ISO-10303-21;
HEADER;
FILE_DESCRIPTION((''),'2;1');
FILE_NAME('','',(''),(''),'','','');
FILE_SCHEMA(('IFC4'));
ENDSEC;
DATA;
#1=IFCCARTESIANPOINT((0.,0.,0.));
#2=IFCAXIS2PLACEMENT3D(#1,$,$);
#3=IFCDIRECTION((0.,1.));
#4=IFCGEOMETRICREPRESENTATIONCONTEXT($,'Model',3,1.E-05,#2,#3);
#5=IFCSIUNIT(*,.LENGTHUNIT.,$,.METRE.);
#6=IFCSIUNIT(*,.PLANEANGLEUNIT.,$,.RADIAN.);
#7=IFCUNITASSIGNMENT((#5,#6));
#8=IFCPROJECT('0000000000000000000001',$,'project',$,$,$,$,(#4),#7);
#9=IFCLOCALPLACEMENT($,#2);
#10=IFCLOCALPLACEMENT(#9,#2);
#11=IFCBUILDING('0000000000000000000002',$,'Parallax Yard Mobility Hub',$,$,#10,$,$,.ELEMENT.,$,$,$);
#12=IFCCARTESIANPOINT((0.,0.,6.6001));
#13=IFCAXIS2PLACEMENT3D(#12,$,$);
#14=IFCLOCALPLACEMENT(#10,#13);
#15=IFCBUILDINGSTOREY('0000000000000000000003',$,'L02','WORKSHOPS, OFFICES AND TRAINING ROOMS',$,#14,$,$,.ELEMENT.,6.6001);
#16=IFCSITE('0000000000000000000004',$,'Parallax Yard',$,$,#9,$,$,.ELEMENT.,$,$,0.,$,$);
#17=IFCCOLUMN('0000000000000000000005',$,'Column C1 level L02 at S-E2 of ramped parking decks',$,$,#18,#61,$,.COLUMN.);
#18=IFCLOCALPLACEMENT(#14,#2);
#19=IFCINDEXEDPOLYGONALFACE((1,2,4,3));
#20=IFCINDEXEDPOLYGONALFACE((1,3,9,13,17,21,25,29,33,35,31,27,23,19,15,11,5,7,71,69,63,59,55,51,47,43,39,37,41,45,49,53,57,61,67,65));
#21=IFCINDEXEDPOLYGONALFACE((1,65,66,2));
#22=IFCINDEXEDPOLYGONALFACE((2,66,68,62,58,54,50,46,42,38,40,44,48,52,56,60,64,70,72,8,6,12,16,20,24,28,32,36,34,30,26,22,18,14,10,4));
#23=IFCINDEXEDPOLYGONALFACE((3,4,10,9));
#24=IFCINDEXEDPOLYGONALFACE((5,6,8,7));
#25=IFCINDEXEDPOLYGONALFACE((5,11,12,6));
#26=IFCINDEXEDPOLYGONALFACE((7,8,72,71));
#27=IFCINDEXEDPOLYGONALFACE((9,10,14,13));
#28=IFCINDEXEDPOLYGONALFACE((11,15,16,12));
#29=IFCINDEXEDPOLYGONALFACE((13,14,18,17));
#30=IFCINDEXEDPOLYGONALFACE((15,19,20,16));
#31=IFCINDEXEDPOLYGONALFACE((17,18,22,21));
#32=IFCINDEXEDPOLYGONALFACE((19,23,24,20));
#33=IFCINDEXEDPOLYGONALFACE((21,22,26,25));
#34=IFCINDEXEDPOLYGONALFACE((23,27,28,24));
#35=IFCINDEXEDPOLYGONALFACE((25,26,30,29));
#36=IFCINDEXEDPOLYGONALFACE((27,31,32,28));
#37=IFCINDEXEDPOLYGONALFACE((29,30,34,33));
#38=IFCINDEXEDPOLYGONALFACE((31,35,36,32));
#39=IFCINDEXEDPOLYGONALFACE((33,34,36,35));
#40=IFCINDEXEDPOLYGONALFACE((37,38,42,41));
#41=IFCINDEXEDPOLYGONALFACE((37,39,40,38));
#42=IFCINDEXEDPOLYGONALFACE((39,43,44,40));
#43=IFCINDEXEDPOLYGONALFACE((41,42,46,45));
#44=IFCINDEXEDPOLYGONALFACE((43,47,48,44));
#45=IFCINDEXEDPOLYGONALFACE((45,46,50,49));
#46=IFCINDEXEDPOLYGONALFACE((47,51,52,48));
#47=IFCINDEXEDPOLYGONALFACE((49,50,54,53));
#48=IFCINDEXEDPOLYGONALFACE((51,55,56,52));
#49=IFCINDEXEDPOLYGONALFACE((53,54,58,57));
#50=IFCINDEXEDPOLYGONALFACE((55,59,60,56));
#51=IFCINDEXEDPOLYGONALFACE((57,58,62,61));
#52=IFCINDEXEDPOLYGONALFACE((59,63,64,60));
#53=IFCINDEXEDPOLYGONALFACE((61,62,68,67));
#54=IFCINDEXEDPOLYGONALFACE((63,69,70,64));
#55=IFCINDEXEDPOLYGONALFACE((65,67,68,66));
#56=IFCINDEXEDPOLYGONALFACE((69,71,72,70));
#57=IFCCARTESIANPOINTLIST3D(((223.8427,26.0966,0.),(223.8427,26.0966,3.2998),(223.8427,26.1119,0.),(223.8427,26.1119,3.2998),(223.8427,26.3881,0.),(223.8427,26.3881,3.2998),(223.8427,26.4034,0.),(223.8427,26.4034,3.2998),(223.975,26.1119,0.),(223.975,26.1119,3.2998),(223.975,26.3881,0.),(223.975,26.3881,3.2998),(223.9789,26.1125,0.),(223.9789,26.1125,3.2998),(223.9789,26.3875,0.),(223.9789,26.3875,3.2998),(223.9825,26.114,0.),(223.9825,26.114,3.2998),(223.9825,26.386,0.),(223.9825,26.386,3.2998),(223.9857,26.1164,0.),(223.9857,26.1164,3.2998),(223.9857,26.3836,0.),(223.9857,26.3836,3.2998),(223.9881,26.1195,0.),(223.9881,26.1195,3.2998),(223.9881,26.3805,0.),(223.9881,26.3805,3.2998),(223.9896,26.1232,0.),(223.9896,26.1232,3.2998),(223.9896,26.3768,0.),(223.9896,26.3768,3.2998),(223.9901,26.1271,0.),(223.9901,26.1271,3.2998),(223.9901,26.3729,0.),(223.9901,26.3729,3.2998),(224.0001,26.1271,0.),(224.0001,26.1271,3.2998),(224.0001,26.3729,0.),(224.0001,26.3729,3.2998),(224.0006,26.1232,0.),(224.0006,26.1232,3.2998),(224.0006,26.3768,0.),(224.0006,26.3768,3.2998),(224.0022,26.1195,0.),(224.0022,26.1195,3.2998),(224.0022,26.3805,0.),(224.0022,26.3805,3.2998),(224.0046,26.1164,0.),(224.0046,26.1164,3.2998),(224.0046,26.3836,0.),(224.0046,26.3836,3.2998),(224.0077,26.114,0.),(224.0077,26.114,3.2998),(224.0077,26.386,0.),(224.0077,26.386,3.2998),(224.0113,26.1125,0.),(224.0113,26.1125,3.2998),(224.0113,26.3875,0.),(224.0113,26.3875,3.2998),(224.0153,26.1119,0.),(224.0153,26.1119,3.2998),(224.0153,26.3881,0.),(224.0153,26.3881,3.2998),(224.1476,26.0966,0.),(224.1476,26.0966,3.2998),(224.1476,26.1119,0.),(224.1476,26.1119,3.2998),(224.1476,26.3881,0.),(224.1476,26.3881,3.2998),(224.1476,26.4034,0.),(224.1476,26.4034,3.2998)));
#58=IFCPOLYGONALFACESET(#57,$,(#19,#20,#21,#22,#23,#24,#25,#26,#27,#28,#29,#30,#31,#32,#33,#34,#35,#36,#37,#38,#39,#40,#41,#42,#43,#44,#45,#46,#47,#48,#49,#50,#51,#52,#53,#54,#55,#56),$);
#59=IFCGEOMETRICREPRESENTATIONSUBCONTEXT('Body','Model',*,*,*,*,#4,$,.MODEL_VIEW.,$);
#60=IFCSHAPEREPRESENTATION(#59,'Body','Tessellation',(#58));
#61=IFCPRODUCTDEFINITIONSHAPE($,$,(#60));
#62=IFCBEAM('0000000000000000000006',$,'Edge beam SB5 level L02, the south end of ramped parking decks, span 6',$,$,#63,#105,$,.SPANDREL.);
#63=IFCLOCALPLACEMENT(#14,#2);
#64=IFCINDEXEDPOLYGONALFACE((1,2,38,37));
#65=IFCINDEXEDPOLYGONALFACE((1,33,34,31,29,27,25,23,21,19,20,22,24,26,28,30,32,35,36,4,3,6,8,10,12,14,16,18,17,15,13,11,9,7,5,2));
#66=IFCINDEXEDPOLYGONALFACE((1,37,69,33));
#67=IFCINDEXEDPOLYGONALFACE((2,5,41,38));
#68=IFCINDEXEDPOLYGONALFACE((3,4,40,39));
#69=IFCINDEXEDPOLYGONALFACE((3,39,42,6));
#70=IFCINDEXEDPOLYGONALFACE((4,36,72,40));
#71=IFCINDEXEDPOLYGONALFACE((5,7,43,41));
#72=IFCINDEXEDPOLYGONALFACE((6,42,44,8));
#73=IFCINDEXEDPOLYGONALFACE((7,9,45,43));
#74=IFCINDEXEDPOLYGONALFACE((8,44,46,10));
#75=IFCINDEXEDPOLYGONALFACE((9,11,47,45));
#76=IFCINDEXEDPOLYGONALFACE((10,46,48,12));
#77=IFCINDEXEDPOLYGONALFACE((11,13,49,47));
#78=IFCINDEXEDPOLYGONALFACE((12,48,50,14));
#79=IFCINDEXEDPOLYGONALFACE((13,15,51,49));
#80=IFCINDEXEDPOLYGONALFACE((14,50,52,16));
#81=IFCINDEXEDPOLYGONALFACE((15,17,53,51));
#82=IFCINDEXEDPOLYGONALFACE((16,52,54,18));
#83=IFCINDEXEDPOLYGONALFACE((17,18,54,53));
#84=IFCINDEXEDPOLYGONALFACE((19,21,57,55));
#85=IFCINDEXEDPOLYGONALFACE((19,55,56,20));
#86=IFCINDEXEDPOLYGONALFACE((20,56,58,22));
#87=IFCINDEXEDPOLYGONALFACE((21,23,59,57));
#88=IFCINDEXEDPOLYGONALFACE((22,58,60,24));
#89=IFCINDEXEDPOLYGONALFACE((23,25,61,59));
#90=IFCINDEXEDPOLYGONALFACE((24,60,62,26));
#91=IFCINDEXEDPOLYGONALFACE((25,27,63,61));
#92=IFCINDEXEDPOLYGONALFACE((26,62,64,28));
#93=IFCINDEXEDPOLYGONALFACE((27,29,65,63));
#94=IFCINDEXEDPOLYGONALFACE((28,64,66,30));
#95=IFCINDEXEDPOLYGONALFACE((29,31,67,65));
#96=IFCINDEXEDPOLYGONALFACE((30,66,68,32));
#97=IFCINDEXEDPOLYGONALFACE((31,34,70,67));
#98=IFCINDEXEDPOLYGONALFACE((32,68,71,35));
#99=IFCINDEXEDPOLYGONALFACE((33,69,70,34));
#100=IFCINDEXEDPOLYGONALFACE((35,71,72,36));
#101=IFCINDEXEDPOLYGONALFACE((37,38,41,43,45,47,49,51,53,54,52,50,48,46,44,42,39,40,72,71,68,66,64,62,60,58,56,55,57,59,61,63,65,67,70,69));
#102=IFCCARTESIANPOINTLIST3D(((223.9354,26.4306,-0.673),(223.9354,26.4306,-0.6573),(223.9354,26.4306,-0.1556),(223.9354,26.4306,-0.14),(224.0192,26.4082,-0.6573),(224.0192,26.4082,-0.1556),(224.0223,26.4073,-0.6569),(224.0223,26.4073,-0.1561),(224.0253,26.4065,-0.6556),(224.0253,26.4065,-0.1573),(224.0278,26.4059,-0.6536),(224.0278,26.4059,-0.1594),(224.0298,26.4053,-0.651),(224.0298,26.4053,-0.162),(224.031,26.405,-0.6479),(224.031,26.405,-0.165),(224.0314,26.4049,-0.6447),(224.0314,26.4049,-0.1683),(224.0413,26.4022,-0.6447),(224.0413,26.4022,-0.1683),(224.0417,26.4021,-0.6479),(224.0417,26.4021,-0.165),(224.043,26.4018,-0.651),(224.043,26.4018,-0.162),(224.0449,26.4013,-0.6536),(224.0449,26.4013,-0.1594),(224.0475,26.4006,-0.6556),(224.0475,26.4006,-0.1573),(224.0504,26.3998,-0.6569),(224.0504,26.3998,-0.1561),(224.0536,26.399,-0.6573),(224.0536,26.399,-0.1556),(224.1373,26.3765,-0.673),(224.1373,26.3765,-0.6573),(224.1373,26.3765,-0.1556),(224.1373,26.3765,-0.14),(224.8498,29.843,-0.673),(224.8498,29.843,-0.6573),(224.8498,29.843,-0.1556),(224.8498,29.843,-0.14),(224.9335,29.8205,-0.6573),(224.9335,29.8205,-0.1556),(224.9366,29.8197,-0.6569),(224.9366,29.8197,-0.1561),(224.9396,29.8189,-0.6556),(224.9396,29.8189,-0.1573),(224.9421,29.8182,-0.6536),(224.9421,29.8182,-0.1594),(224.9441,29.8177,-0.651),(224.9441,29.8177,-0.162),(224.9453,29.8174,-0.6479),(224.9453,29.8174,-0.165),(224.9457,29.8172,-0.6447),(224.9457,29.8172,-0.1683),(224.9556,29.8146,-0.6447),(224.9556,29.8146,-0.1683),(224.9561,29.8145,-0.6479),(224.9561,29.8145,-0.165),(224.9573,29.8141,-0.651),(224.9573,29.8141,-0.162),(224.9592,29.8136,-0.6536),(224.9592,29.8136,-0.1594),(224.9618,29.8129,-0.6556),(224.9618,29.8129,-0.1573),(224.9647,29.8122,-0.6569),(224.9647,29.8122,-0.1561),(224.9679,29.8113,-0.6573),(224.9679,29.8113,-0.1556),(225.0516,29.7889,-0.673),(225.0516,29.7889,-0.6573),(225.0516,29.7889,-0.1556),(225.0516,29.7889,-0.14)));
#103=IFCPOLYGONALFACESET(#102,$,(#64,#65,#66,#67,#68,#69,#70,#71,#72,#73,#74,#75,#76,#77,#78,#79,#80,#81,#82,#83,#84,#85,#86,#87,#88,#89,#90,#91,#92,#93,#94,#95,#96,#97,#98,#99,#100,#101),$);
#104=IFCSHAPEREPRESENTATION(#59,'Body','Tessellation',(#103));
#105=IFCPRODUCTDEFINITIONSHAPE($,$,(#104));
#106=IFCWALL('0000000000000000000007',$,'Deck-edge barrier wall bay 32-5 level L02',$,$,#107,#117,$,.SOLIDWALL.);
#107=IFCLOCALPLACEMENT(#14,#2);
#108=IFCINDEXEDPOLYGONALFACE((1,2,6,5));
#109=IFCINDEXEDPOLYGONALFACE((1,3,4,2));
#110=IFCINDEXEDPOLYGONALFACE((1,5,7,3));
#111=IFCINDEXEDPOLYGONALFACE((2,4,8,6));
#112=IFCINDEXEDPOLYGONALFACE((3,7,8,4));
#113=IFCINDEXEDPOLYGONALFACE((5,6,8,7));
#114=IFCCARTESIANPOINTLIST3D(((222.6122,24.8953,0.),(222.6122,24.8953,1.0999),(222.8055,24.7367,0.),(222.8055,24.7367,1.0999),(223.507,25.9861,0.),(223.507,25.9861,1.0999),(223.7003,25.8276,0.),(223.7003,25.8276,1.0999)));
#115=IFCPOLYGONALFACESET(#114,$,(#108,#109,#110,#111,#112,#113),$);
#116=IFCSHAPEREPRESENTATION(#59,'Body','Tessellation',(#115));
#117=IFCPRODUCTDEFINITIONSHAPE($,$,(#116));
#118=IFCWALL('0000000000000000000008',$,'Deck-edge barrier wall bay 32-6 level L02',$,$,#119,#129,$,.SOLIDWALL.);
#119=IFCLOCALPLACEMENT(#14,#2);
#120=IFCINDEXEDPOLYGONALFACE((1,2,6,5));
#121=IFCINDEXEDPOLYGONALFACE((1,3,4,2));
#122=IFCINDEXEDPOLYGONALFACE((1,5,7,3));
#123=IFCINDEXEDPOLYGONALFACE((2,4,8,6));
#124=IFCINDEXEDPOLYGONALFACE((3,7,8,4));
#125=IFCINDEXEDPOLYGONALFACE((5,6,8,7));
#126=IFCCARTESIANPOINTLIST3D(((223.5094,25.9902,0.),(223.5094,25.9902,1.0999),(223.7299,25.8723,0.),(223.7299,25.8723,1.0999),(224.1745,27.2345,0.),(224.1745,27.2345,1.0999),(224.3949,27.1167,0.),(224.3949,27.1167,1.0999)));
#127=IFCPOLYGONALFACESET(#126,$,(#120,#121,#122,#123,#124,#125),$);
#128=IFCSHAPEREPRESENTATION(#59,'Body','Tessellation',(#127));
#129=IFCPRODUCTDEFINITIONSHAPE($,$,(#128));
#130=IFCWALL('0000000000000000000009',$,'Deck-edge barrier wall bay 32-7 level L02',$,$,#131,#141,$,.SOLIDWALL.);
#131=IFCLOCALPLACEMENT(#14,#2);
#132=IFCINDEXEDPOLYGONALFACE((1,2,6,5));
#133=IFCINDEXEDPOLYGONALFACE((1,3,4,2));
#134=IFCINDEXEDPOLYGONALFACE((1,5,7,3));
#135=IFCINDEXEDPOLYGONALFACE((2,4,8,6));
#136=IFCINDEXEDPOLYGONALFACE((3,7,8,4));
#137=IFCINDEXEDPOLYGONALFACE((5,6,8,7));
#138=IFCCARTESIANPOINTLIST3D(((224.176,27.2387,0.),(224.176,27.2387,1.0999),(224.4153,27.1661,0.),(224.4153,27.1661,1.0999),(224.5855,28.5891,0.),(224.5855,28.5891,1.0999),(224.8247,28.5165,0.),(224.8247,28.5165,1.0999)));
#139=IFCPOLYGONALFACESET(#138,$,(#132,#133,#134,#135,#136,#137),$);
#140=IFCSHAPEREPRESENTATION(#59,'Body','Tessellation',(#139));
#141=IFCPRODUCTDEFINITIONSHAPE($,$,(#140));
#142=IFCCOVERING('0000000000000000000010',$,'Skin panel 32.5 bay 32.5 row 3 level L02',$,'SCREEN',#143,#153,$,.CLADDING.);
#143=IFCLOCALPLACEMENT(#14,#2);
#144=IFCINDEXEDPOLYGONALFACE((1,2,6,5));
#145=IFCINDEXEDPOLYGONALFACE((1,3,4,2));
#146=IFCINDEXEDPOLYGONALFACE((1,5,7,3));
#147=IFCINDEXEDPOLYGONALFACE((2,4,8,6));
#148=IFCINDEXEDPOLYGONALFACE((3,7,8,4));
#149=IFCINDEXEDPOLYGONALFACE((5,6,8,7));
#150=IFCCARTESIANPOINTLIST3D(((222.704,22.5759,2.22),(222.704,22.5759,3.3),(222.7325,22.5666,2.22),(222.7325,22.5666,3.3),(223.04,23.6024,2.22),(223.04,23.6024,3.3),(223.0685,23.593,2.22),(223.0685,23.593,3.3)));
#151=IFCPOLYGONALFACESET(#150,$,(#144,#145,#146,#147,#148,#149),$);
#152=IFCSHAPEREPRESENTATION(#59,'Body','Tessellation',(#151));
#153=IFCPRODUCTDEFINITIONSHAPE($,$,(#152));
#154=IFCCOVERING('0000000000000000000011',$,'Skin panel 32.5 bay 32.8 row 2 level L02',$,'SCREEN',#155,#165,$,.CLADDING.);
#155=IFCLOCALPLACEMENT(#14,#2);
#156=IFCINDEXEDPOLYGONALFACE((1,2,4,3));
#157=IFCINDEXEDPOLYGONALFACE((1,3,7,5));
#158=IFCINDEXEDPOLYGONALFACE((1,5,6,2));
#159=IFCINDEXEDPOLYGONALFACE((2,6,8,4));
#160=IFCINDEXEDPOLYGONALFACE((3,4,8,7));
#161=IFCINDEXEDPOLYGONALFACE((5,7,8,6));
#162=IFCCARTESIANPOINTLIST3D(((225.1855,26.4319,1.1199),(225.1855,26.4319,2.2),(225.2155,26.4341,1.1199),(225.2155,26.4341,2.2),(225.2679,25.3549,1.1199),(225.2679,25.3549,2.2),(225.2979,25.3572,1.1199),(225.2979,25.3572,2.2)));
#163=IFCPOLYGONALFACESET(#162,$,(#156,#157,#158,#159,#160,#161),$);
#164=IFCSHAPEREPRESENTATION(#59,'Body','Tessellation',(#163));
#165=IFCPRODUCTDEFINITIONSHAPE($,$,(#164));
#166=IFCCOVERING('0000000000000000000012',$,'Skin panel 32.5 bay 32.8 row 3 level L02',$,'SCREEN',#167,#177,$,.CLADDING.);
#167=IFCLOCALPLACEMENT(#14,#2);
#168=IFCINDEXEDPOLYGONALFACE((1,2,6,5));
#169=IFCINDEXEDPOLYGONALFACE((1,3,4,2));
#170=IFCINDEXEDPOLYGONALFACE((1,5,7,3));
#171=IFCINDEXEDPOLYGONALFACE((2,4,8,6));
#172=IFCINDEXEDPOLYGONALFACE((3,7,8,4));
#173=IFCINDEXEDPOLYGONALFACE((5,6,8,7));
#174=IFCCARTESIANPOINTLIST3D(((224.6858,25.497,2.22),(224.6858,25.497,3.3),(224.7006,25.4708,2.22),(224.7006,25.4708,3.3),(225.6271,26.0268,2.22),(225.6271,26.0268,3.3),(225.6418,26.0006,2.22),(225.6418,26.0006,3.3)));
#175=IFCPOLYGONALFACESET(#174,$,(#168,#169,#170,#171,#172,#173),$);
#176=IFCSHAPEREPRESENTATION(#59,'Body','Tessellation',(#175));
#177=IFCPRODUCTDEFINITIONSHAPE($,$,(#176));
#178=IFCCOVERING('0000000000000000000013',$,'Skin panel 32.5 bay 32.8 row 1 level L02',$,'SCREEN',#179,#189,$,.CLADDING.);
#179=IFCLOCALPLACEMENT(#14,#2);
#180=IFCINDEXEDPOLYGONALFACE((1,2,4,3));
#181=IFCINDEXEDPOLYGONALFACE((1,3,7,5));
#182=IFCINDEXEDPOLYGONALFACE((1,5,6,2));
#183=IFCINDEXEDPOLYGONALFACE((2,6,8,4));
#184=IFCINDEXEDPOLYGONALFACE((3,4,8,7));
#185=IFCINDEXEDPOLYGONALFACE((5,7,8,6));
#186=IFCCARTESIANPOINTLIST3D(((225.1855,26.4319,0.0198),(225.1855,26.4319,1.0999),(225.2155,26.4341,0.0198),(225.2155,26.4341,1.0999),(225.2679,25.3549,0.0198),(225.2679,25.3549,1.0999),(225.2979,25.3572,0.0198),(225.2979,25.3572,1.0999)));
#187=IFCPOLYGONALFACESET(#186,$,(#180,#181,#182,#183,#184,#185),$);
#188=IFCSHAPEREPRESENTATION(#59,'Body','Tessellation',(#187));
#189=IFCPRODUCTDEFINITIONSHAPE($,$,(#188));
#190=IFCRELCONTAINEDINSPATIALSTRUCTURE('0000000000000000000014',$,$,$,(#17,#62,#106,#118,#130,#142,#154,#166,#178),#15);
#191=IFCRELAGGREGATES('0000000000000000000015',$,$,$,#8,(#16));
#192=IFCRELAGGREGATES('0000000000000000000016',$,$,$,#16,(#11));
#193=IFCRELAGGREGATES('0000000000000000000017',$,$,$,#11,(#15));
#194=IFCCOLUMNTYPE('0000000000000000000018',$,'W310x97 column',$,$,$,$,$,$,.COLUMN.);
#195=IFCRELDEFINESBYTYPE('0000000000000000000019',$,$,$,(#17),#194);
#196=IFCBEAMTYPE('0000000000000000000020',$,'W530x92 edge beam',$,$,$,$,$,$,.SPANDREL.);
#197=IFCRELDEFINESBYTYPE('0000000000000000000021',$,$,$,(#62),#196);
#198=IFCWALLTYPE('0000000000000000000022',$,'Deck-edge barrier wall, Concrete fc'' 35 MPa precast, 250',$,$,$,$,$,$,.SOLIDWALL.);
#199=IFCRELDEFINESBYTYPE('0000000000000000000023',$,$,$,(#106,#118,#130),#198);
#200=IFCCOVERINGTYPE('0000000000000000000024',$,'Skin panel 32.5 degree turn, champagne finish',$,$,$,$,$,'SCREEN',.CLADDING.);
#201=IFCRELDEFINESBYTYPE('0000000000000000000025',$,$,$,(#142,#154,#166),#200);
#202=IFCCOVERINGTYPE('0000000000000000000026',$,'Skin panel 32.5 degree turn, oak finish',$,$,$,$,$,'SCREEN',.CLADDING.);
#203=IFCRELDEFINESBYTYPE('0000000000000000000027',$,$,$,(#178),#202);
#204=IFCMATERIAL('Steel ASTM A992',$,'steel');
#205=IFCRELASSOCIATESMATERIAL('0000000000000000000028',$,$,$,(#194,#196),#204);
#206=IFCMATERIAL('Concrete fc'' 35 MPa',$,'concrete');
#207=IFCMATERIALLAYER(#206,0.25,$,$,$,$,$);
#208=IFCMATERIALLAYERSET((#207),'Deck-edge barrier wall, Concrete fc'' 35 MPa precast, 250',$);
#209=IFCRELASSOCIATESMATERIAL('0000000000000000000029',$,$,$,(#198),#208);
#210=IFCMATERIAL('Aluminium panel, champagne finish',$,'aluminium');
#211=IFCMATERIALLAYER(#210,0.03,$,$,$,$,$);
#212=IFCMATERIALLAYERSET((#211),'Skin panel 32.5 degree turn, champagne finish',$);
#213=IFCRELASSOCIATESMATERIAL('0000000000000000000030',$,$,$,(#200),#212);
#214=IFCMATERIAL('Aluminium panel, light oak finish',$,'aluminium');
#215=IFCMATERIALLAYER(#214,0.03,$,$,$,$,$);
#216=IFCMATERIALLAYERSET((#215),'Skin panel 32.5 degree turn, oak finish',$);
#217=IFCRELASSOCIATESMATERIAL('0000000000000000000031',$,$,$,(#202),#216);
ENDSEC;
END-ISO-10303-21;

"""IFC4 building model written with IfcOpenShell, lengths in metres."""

from ifc_helpers import new_model, si_unit, direction, frame, frame_2d, origin, origin_2d, place, context, subcontext, project, spatial, rectangle, i_section, extrude, material, layer, layer_set, material_profile, profile_set, type_object, element, save


model = new_model("IFC4")

# Units and contexts
model_context = context("Model", 3, precision=1e-05, world=origin(), true_north=direction((0.0, 1.0)))
body_context = subcontext(model_context, "Body", "Model", "MODEL_VIEW")
ifc_project = project(units=[si_unit("LENGTHUNIT", "METRE"), si_unit("PLANEANGLEUNIT", "RADIAN")], contexts=[model_context])

# Site, building, storey
site_placement = place(None, origin())
site = spatial("IfcSite", under=ifc_project, at=site_placement, Name="Parallax Yard", CompositionType="ELEMENT", RefElevation=0.0)
building_placement = place(site_placement, origin())
building = spatial("IfcBuilding", under=site, at=building_placement, Name="Parallax Yard Mobility Hub", CompositionType="ELEMENT")
storey_placement = place(building_placement, frame((0.0, 0.0, 6.6001)))
storey = spatial("IfcBuildingStorey", under=building, at=storey_placement, Name="L02", Description="WORKSHOPS, OFFICES AND TRAINING ROOMS", CompositionType="ELEMENT", Elevation=6.6001)

# Column
ifc_material_1 = material(Name="Steel ASTM A992", Category="steel")
ifc_material_profile_1 = material_profile(ifc_material_1, i_section(OverallWidth=0.3049, OverallDepth=0.3069, WebThickness=0.01, FlangeThickness=0.0154, FilletRadius=0.0151, at=origin_2d()), Name="W310x97")
ifc_profile_set_1 = profile_set([ifc_material_profile_1], Name="Steel ASTM A992")
column_type = type_object("IfcColumnType", Name="W310x97 column", PredefinedType="COLUMN", material=ifc_profile_set_1)
column_placement = place(storey_placement, frame((223.9951, 26.25, 0.0), z_axis=(0.0, 0.0, 1.0), x_axis=(1.0, 0.0, 0.0)))
element("IfcColumn", 1, at=column_placement, inside=storey, type_object=column_type, Name="Column C1 level L02 at S-E2 of ramped parking decks", PredefinedType="COLUMN", context=body_context, shape_type="SweptSolid", body=[
    extrude(i_section(OverallWidth=0.3049, OverallDepth=0.3069, WebThickness=0.01, FlangeThickness=0.0154, FilletRadius=0.0151, at=origin_2d()), origin(), (0.0, 0.0, 1.0), 3.2998),
])

# Beam
ifc_material_profile_2 = material_profile(ifc_material_1, i_section(OverallWidth=0.209, OverallDepth=0.533, WebThickness=0.0103, FlangeThickness=0.0156, FilletRadius=0.0127, at=origin_2d()), Name="W530x92")
ifc_profile_set_2 = profile_set([ifc_material_profile_2], Name="Steel ASTM A992")
beam_type = type_object("IfcBeamType", Name="W530x92 edge beam", PredefinedType="SPANDREL", material=ifc_profile_set_2)
beam_placement = place(storey_placement, frame((224.0364, 26.4036, -0.4065), z_axis=(0.258811, 0.965928, 0.0), x_axis=(-0.965928, 0.258811, 0.0)))
element("IfcBeam", 2, at=beam_placement, inside=storey, type_object=beam_type, Name="Edge beam SB5 level L02, the south end of ramped parking decks, span 6", PredefinedType="SPANDREL", context=body_context, shape_type="SweptSolid", body=[
    extrude(i_section(OverallWidth=0.209, OverallDepth=0.533, WebThickness=0.0103, FlangeThickness=0.0156, FilletRadius=0.0127, at=origin_2d()), origin(), (0.0, 0.0, 1.0), 3.5327),
])

# Walls
ifc_material_2 = material(Name="Concrete fc' 35 MPa", Category="concrete")
ifc_layer_1 = layer(ifc_material_2, 0.25)
ifc_layer_set_1 = layer_set([ifc_layer_1], Name="Deck-edge barrier wall, Concrete fc' 35 MPa precast, 250")
wall_type = type_object("IfcWallType", Name="Deck-edge barrier wall, Concrete fc' 35 MPa precast, 250", PredefinedType="SOLIDWALL", material=ifc_layer_set_1)
for number, where, z_axis, x_axis, name in (
    (3, (222.7087, 24.8159, 0.0), (0.0, 0.0, 1.0), (0.634208, 0.773163, 0.0), "Deck-edge barrier wall bay 32-5 level L02"),
    (4, (223.6196, 25.9312, 0.0), (0.0, 0.0, 1.0), (0.471342, 0.88195, 0.0), "Deck-edge barrier wall bay 32-6 level L02"),
):
    element("IfcWall", number, at=place(storey_placement, frame(where, z_axis=z_axis, x_axis=x_axis)), inside=storey, type_object=wall_type, Name=name, PredefinedType="SOLIDWALL", context=body_context, shape_type="SweptSolid", body=[
        extrude(rectangle(XDim=1.4109, YDim=0.25, at=frame_2d((0.7056, 0.0))), origin(), (0.0, 0.0, 1.0), 1.0999),
    ])
wall_placement = place(storey_placement, frame((224.2957, 27.2024, 0.0), z_axis=(0.0, 0.0, 1.0), x_axis=(0.290156, 0.956979, 0.0)))
element("IfcWall", 5, at=wall_placement, inside=storey, type_object=wall_type, Name="Deck-edge barrier wall bay 32-7 level L02", PredefinedType="SOLIDWALL", context=body_context, shape_type="SweptSolid", body=[
    extrude(rectangle(XDim=1.4111, YDim=0.25, at=frame_2d((0.7056, 0.0))), origin(), (0.0, 0.0, 1.0), 1.0999),
])

# Coverings
ifc_material_3 = material(Name="Aluminium panel, champagne finish", Category="aluminium")
ifc_layer_2 = layer(ifc_material_3, 0.03)
ifc_layer_set_2 = layer_set([ifc_layer_2], Name="Skin panel 32.5 degree turn, champagne finish")
covering_type_1 = type_object("IfcCoveringType", Name="Skin panel 32.5 degree turn, champagne finish", ElementType="SCREEN", PredefinedType="CLADDING", material=ifc_layer_set_2)
for number, where, z_axis, x_axis, name in (
    (6, (222.8862, 23.0845, 2.22), (0.0, 0.0, 1.0), (-0.311091, -0.95038, 0.0), "Skin panel 32.5 bay 32.5 row 3 level L02"),
    (7, (225.2417, 25.8945, 1.1199), (0.0, 0.0, 1.0), (0.076284, -0.997086, 0.0), "Skin panel 32.5 bay 32.8 row 2 level L02"),
    (8, (225.1638, 25.7488, 2.22), (0.0, 0.0, 1.0), (0.871428, 0.490524, 0.0), "Skin panel 32.5 bay 32.8 row 3 level L02"),
):
    element("IfcCovering", number, at=place(storey_placement, frame(where, z_axis=z_axis, x_axis=x_axis)), inside=storey, type_object=covering_type_1, Name=name, ObjectType="SCREEN", PredefinedType="CLADDING", context=body_context, shape_type="SweptSolid", body=[
        extrude(rectangle(XDim=1.0801, YDim=0.03, at=origin_2d()), origin(), (0.0, 0.0, 1.0), 1.0801),
    ])
ifc_material_4 = material(Name="Aluminium panel, light oak finish", Category="aluminium")
ifc_layer_3 = layer(ifc_material_4, 0.03)
ifc_layer_set_3 = layer_set([ifc_layer_3], Name="Skin panel 32.5 degree turn, oak finish")
covering_type_2 = type_object("IfcCoveringType", Name="Skin panel 32.5 degree turn, oak finish", ElementType="SCREEN", PredefinedType="CLADDING", material=ifc_layer_set_3)
covering_placement = place(storey_placement, frame((225.2417, 25.8945, 0.0198), z_axis=(0.0, 0.0, 1.0), x_axis=(0.076284, -0.997086, 0.0)))
element("IfcCovering", 9, at=covering_placement, inside=storey, type_object=covering_type_2, Name="Skin panel 32.5 bay 32.8 row 1 level L02", ObjectType="SCREEN", PredefinedType="CLADDING", context=body_context, shape_type="SweptSolid", body=[
    extrude(rectangle(XDim=1.0801, YDim=0.03, at=origin_2d()), origin(), (0.0, 0.0, 1.0), 1.0801),
])

save(model, "model.ifc")
